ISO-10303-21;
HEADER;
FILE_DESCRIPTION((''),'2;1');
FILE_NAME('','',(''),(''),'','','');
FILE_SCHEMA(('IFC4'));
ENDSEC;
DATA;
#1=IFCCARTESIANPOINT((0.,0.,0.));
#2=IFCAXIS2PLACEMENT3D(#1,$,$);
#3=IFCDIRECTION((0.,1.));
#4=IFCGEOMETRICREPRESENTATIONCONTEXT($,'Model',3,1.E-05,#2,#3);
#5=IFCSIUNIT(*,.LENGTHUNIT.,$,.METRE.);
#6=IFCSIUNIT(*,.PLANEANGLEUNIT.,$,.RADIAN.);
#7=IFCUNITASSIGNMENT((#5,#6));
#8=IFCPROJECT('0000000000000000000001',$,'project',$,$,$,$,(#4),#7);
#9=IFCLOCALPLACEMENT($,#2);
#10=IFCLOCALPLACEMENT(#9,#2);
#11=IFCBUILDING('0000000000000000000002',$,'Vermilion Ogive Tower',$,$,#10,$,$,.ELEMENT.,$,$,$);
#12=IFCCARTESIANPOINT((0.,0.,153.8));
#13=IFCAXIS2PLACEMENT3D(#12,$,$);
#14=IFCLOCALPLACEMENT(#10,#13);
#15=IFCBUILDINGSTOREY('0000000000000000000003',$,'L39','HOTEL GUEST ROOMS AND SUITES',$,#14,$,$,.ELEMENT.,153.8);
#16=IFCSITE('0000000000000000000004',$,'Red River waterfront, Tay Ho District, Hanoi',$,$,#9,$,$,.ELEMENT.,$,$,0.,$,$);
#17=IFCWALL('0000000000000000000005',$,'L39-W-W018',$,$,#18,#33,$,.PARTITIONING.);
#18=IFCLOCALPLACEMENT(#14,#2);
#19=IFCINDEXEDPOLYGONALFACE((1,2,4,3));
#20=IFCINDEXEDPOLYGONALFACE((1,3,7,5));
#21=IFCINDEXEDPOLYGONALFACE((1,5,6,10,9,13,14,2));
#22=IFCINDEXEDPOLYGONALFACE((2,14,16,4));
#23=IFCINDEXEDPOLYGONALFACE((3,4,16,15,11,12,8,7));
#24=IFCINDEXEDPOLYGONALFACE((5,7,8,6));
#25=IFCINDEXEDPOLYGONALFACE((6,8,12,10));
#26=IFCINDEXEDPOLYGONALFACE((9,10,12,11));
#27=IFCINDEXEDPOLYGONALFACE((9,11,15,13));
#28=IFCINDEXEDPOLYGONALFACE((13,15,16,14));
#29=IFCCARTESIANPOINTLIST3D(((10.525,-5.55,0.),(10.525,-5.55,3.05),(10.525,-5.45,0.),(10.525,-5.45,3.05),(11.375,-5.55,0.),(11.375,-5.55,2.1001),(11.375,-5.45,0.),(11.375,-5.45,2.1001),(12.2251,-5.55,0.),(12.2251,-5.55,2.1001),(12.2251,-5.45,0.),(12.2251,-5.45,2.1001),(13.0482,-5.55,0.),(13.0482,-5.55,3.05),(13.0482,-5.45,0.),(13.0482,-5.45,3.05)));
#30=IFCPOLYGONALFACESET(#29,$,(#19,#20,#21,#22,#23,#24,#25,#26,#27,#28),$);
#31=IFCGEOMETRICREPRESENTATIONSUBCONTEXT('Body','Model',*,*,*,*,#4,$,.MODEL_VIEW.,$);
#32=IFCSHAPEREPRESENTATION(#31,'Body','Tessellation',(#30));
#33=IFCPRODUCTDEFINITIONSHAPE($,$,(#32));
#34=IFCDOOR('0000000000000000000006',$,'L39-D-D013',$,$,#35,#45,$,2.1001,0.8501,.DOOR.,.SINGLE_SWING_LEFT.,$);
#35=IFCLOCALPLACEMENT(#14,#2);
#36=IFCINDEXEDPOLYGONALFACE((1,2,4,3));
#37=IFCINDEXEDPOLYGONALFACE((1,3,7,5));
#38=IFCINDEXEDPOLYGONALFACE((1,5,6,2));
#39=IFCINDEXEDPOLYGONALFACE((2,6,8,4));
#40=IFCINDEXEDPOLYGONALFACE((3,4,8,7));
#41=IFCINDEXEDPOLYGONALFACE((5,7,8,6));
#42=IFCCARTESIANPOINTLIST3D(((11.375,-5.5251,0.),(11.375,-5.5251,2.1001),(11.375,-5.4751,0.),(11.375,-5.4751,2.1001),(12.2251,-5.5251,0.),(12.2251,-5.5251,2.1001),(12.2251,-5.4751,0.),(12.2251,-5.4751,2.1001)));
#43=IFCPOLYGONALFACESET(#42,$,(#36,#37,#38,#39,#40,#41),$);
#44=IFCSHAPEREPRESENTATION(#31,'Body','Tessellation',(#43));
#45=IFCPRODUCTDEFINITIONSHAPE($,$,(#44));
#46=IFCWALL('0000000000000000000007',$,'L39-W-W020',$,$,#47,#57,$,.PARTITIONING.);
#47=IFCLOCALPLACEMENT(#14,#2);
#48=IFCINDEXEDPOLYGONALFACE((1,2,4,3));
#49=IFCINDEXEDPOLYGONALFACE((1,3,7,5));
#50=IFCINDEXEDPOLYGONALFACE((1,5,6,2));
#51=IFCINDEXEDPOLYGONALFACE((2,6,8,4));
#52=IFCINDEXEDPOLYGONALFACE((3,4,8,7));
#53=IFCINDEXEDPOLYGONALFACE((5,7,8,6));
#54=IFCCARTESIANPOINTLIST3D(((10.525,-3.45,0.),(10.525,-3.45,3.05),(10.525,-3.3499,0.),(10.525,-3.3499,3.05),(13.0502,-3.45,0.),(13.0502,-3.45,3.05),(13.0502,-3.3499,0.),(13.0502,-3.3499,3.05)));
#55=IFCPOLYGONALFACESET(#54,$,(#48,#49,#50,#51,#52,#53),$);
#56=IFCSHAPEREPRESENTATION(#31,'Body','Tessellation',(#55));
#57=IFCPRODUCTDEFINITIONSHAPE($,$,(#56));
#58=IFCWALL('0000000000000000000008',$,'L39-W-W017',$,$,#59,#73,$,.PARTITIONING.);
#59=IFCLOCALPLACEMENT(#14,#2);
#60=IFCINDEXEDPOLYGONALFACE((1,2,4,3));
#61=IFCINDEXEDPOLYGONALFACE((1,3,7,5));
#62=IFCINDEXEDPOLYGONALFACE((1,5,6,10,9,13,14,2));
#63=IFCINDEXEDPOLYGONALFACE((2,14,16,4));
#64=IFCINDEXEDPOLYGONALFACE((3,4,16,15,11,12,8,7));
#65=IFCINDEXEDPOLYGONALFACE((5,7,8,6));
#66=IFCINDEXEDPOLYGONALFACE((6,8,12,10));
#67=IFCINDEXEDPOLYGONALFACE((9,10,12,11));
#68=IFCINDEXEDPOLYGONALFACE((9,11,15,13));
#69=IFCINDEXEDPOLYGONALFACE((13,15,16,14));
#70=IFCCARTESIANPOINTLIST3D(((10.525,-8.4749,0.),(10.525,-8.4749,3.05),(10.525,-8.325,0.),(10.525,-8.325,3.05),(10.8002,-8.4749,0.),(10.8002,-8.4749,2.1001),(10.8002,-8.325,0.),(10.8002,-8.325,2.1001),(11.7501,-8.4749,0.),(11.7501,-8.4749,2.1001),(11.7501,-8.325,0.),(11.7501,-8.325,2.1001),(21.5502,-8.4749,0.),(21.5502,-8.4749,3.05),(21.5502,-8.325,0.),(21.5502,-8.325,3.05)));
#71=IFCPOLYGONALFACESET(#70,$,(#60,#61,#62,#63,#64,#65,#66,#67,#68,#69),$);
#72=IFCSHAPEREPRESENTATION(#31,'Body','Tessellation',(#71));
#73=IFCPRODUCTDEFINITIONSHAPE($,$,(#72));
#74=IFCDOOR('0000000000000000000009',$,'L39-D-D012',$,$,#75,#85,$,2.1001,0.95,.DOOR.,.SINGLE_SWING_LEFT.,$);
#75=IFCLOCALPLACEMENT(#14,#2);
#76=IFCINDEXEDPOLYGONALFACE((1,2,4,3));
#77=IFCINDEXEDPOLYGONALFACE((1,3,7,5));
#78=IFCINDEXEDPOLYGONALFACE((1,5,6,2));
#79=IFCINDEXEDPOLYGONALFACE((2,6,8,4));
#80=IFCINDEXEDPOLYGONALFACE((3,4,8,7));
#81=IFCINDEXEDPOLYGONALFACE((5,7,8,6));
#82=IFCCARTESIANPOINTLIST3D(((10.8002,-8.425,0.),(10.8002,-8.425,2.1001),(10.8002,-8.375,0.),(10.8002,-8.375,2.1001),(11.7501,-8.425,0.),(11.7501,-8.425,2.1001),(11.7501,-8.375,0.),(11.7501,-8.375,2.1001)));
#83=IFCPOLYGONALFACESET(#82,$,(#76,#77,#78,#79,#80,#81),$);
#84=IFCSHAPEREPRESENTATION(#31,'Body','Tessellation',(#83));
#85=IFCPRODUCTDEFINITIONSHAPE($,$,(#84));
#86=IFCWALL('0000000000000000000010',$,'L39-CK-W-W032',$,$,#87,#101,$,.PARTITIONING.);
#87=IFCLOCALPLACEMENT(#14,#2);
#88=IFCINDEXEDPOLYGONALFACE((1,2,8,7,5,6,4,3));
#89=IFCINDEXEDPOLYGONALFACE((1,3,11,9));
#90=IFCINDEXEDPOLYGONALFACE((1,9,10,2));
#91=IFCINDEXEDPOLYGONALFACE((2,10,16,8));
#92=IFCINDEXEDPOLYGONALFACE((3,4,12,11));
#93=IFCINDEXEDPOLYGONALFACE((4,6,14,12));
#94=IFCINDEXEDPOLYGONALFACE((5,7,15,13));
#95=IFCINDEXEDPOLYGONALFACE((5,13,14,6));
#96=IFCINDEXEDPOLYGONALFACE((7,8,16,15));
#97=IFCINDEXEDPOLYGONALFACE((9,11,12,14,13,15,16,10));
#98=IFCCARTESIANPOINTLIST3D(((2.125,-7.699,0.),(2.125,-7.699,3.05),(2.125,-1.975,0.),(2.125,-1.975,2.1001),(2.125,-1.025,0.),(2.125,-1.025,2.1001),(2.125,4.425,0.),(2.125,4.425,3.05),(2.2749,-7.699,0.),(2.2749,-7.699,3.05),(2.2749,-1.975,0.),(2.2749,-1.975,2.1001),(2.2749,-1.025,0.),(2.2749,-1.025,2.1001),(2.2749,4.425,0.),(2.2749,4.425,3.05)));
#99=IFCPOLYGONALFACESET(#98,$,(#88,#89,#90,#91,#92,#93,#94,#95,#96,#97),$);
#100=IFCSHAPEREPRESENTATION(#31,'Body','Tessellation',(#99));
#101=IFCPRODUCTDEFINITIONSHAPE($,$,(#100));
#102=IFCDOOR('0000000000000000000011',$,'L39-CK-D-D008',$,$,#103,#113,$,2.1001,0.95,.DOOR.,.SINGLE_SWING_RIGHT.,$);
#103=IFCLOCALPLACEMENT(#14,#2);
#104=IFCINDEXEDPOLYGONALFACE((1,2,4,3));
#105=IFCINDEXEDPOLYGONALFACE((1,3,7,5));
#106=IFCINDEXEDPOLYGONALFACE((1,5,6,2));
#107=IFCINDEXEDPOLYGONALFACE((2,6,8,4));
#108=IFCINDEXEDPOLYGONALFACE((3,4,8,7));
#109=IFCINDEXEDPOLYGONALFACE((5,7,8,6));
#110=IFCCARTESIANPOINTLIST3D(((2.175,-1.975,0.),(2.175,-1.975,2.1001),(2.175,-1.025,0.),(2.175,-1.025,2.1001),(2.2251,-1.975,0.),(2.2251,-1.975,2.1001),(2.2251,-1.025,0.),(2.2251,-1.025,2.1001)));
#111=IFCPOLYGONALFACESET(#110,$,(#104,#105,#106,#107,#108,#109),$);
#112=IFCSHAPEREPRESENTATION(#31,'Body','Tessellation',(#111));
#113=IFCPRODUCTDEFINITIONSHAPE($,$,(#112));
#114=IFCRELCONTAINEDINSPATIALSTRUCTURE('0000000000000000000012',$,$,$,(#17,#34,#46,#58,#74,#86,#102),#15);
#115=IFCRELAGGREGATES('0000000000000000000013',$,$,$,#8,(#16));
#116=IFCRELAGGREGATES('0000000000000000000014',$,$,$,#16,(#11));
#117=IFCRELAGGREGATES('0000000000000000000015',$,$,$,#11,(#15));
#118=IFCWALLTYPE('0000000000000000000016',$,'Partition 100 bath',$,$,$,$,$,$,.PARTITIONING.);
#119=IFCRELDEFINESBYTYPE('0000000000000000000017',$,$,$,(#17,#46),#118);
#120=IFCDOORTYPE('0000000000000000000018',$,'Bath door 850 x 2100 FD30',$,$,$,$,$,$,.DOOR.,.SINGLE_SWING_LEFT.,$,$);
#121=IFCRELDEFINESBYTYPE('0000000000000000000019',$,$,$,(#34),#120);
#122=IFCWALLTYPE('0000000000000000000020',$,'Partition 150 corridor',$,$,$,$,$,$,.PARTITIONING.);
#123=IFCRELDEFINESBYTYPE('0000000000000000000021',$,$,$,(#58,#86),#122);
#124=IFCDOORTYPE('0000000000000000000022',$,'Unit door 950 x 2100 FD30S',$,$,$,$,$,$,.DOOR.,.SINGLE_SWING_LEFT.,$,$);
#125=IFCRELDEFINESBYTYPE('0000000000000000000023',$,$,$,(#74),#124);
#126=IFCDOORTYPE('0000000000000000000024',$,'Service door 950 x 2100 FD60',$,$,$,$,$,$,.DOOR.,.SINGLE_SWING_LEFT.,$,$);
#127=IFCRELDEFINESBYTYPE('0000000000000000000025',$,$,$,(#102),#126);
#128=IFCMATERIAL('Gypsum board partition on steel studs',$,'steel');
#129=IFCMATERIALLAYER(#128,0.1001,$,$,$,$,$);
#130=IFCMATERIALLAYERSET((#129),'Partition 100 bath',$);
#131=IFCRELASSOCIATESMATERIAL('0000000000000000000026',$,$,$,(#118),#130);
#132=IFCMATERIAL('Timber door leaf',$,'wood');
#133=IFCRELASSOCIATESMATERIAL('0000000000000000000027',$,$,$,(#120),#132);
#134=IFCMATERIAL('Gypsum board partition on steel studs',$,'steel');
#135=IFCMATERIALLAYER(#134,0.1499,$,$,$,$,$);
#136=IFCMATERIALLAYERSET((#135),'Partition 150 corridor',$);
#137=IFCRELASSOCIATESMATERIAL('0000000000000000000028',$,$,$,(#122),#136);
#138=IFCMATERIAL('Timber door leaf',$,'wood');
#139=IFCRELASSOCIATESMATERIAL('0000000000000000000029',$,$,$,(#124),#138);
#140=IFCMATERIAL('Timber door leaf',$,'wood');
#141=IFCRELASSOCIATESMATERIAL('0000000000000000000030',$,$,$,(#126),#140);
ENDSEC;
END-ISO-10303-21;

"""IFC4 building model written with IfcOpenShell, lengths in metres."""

from ifc_helpers import new_model, si_unit, direction, frame, frame_2d, origin, place, context, subcontext, project, spatial, rectangle, extrude, material, layer, layer_set, type_object, element, fill, save


model = new_model("IFC4")

# Units and contexts
model_context = context("Model", 3, precision=1e-05, world=origin(), true_north=direction((0.0, 1.0)))
body_context = subcontext(model_context, "Body", "Model", "MODEL_VIEW")
ifc_project = project(units=[si_unit("LENGTHUNIT", "METRE"), si_unit("PLANEANGLEUNIT", "RADIAN")], contexts=[model_context])

# Site, building, storey
site_placement = place(None, origin())
site = spatial("IfcSite", under=ifc_project, at=site_placement, Name="Red River waterfront, Tay Ho District, Hanoi", CompositionType="ELEMENT", RefElevation=0.0)
building_placement = place(site_placement, origin())
building = spatial("IfcBuilding", under=site, at=building_placement, Name="Vermilion Ogive Tower", CompositionType="ELEMENT")
storey_placement = place(building_placement, frame((0.0, 0.0, 153.8)))
storey = spatial("IfcBuildingStorey", under=building, at=storey_placement, Name="L39", Description="HOTEL GUEST ROOMS AND SUITES", CompositionType="ELEMENT", Elevation=153.8)

# Wall, opening, door
ifc_material_1 = material(Name="Gypsum board partition on steel studs", Category="steel")
ifc_layer_1 = layer(ifc_material_1, 0.1001)
ifc_layer_set_1 = layer_set([ifc_layer_1], Name="Partition 100 bath")
wall_type_1 = type_object("IfcWallType", Name="Partition 100 bath", PredefinedType="PARTITIONING", material=ifc_layer_set_1)
wall_1_placement = place(storey_placement, frame((10.5249, -5.5, 0.0), z_axis=(0.0, 0.0, 1.0), x_axis=(1.0, 0.0, 0.0)))
wall_1 = element("IfcWall", 1, at=wall_1_placement, inside=storey, type_object=wall_type_1, Name="L39-W-W018", PredefinedType="PARTITIONING", context=body_context, shape_type="SweptSolid", body=[
    extrude(rectangle(XDim=2.5232, YDim=0.1001, at=frame_2d((1.2617, 0.0))), origin(), (0.0, 0.0, 1.0), 3.05),
])
opening_1_placement = place(wall_1_placement, frame((0.8501, 0.0, 0.0)))
opening_1 = element("IfcOpeningElement", 2, at=opening_1_placement, cuts=wall_1, PredefinedType="OPENING", context=body_context, shape_type="SweptSolid", body=[
    extrude(rectangle(XDim=0.8501, YDim=2.1001, at=frame_2d((0.425, 1.05))), frame((0.0, 0.0601, 0.0), z_axis=(0.0, -1.0, 0.0), x_axis=(1.0, 0.0, 0.0)), (0.0, 0.0, 1.0), 0.1201),
])
ifc_material_2 = material(Name="Timber door leaf", Category="wood")
door_type_1 = type_object("IfcDoorType", Name="Bath door 850 x 2100 FD30", OperationType="SINGLE_SWING_LEFT", PredefinedType="DOOR", material=ifc_material_2)
door_1_placement = place(opening_1_placement, origin())
door_1 = element("IfcDoor", 3, at=door_1_placement, inside=storey, type_object=door_type_1, Name="L39-D-D013", OperationType="SINGLE_SWING_LEFT", OverallHeight=2.1001, OverallWidth=0.8501, PredefinedType="DOOR", context=body_context, shape_type="SweptSolid", body=[
    extrude(rectangle(XDim=0.8501, YDim=2.1001, at=frame_2d((0.425, 1.05))), frame((0.0, 0.0249, 0.0), z_axis=(0.0, -1.0, 0.0), x_axis=(1.0, 0.0, 0.0)), (0.0, 0.0, 1.0), 0.05),
])
fill(opening_1, door_1)

# Wall
wall_2_placement = place(storey_placement, frame((10.5249, -3.3999, 0.0), z_axis=(0.0, 0.0, 1.0), x_axis=(1.0, 0.0, 0.0)))
element("IfcWall", 4, at=wall_2_placement, inside=storey, type_object=wall_type_1, Name="L39-W-W020", PredefinedType="PARTITIONING", context=body_context, shape_type="SweptSolid", body=[
    extrude(rectangle(XDim=2.5251, YDim=0.1001, at=frame_2d((1.2627, 0.0))), origin(), (0.0, 0.0, 1.0), 3.05),
])

# Walls, openings, doors
ifc_material_3 = material(Name="Gypsum board partition on steel studs", Category="steel")
ifc_layer_2 = layer(ifc_material_3, 0.1499)
ifc_layer_set_2 = layer_set([ifc_layer_2], Name="Partition 150 corridor")
wall_type_2 = type_object("IfcWallType", Name="Partition 150 corridor", PredefinedType="PARTITIONING", material=ifc_layer_set_2)
wall_3_placement = place(storey_placement, frame((10.5249, -8.3999, 0.0), z_axis=(0.0, 0.0, 1.0), x_axis=(1.0, 0.0, 0.0)))
wall_3 = element("IfcWall", 5, at=wall_3_placement, inside=storey, type_object=wall_type_2, Name="L39-W-W017", PredefinedType="PARTITIONING", context=body_context, shape_type="SweptSolid", body=[
    extrude(rectangle(XDim=11.0251, YDim=0.1499, at=frame_2d((5.5127, 0.0))), origin(), (0.0, 0.0, 1.0), 3.05),
])
opening_2_placement = place(wall_3_placement, frame((0.2751, 0.0, 0.0)))
opening_2 = element("IfcOpeningElement", 6, at=opening_2_placement, cuts=wall_3, PredefinedType="OPENING", context=body_context, shape_type="SweptSolid", body=[
    extrude(rectangle(XDim=0.95, YDim=2.1001, at=frame_2d((0.4751, 1.05))), frame((0.0, 0.085, 0.0), z_axis=(0.0, -1.0, 0.0), x_axis=(1.0, 0.0, 0.0)), (0.0, 0.0, 1.0), 0.1699),
])
ifc_material_4 = material(Name="Timber door leaf", Category="wood")
door_type_2 = type_object("IfcDoorType", Name="Unit door 950 x 2100 FD30S", OperationType="SINGLE_SWING_LEFT", PredefinedType="DOOR", material=ifc_material_4)
door_2_placement = place(opening_2_placement, origin())
door_2 = element("IfcDoor", 7, at=door_2_placement, inside=storey, type_object=door_type_2, Name="L39-D-D012", OperationType="SINGLE_SWING_LEFT", OverallHeight=2.1001, OverallWidth=0.95, PredefinedType="DOOR", context=body_context, shape_type="SweptSolid", body=[
    extrude(rectangle(XDim=0.95, YDim=2.1001, at=frame_2d((0.4751, 1.05))), frame((0.0, 0.0249, 0.0), z_axis=(0.0, -1.0, 0.0), x_axis=(1.0, 0.0, 0.0)), (0.0, 0.0, 1.0), 0.05),
])
fill(opening_2, door_2)
wall_4_placement = place(storey_placement, frame((2.2, -7.699, 0.0), z_axis=(0.0, 0.0, 1.0), x_axis=(0.0, 1.0, 0.0)))
wall_4 = element("IfcWall", 8, at=wall_4_placement, inside=storey, type_object=wall_type_2, Name="L39-CK-W-W032", PredefinedType="PARTITIONING", context=body_context, shape_type="SweptSolid", body=[
    extrude(rectangle(XDim=12.124, YDim=0.1499, at=frame_2d((6.062, 0.0))), origin(), (0.0, 0.0, 1.0), 3.05),
])
opening_3_placement = place(wall_4_placement, frame((5.7239, 0.0, 0.0)))
opening_3 = element("IfcOpeningElement", 9, at=opening_3_placement, cuts=wall_4, PredefinedType="OPENING", context=body_context, shape_type="SweptSolid", body=[
    extrude(rectangle(XDim=0.95, YDim=2.1001, at=frame_2d((0.4751, 1.05))), frame((0.0, 0.085, 0.0), z_axis=(0.0, -1.0, 0.0), x_axis=(1.0, 0.0, 0.0)), (0.0, 0.0, 1.0), 0.1699),
])
ifc_material_5 = material(Name="Timber door leaf", Category="wood")
door_type_3 = type_object("IfcDoorType", Name="Service door 950 x 2100 FD60", OperationType="SINGLE_SWING_LEFT", PredefinedType="DOOR", material=ifc_material_5)
door_3_placement = place(opening_3_placement, origin())
door_3 = element("IfcDoor", 10, at=door_3_placement, inside=storey, type_object=door_type_3, Name="L39-CK-D-D008", OperationType="SINGLE_SWING_RIGHT", OverallHeight=2.1001, OverallWidth=0.95, PredefinedType="DOOR", context=body_context, shape_type="SweptSolid", body=[
    extrude(rectangle(XDim=0.95, YDim=2.1001, at=frame_2d((0.4751, 1.05))), frame((0.0, 0.0249, 0.0), z_axis=(0.0, -1.0, 0.0), x_axis=(1.0, 0.0, 0.0)), (0.0, 0.0, 1.0), 0.05),
])
fill(opening_3, door_3)

save(model, "model.ifc")
